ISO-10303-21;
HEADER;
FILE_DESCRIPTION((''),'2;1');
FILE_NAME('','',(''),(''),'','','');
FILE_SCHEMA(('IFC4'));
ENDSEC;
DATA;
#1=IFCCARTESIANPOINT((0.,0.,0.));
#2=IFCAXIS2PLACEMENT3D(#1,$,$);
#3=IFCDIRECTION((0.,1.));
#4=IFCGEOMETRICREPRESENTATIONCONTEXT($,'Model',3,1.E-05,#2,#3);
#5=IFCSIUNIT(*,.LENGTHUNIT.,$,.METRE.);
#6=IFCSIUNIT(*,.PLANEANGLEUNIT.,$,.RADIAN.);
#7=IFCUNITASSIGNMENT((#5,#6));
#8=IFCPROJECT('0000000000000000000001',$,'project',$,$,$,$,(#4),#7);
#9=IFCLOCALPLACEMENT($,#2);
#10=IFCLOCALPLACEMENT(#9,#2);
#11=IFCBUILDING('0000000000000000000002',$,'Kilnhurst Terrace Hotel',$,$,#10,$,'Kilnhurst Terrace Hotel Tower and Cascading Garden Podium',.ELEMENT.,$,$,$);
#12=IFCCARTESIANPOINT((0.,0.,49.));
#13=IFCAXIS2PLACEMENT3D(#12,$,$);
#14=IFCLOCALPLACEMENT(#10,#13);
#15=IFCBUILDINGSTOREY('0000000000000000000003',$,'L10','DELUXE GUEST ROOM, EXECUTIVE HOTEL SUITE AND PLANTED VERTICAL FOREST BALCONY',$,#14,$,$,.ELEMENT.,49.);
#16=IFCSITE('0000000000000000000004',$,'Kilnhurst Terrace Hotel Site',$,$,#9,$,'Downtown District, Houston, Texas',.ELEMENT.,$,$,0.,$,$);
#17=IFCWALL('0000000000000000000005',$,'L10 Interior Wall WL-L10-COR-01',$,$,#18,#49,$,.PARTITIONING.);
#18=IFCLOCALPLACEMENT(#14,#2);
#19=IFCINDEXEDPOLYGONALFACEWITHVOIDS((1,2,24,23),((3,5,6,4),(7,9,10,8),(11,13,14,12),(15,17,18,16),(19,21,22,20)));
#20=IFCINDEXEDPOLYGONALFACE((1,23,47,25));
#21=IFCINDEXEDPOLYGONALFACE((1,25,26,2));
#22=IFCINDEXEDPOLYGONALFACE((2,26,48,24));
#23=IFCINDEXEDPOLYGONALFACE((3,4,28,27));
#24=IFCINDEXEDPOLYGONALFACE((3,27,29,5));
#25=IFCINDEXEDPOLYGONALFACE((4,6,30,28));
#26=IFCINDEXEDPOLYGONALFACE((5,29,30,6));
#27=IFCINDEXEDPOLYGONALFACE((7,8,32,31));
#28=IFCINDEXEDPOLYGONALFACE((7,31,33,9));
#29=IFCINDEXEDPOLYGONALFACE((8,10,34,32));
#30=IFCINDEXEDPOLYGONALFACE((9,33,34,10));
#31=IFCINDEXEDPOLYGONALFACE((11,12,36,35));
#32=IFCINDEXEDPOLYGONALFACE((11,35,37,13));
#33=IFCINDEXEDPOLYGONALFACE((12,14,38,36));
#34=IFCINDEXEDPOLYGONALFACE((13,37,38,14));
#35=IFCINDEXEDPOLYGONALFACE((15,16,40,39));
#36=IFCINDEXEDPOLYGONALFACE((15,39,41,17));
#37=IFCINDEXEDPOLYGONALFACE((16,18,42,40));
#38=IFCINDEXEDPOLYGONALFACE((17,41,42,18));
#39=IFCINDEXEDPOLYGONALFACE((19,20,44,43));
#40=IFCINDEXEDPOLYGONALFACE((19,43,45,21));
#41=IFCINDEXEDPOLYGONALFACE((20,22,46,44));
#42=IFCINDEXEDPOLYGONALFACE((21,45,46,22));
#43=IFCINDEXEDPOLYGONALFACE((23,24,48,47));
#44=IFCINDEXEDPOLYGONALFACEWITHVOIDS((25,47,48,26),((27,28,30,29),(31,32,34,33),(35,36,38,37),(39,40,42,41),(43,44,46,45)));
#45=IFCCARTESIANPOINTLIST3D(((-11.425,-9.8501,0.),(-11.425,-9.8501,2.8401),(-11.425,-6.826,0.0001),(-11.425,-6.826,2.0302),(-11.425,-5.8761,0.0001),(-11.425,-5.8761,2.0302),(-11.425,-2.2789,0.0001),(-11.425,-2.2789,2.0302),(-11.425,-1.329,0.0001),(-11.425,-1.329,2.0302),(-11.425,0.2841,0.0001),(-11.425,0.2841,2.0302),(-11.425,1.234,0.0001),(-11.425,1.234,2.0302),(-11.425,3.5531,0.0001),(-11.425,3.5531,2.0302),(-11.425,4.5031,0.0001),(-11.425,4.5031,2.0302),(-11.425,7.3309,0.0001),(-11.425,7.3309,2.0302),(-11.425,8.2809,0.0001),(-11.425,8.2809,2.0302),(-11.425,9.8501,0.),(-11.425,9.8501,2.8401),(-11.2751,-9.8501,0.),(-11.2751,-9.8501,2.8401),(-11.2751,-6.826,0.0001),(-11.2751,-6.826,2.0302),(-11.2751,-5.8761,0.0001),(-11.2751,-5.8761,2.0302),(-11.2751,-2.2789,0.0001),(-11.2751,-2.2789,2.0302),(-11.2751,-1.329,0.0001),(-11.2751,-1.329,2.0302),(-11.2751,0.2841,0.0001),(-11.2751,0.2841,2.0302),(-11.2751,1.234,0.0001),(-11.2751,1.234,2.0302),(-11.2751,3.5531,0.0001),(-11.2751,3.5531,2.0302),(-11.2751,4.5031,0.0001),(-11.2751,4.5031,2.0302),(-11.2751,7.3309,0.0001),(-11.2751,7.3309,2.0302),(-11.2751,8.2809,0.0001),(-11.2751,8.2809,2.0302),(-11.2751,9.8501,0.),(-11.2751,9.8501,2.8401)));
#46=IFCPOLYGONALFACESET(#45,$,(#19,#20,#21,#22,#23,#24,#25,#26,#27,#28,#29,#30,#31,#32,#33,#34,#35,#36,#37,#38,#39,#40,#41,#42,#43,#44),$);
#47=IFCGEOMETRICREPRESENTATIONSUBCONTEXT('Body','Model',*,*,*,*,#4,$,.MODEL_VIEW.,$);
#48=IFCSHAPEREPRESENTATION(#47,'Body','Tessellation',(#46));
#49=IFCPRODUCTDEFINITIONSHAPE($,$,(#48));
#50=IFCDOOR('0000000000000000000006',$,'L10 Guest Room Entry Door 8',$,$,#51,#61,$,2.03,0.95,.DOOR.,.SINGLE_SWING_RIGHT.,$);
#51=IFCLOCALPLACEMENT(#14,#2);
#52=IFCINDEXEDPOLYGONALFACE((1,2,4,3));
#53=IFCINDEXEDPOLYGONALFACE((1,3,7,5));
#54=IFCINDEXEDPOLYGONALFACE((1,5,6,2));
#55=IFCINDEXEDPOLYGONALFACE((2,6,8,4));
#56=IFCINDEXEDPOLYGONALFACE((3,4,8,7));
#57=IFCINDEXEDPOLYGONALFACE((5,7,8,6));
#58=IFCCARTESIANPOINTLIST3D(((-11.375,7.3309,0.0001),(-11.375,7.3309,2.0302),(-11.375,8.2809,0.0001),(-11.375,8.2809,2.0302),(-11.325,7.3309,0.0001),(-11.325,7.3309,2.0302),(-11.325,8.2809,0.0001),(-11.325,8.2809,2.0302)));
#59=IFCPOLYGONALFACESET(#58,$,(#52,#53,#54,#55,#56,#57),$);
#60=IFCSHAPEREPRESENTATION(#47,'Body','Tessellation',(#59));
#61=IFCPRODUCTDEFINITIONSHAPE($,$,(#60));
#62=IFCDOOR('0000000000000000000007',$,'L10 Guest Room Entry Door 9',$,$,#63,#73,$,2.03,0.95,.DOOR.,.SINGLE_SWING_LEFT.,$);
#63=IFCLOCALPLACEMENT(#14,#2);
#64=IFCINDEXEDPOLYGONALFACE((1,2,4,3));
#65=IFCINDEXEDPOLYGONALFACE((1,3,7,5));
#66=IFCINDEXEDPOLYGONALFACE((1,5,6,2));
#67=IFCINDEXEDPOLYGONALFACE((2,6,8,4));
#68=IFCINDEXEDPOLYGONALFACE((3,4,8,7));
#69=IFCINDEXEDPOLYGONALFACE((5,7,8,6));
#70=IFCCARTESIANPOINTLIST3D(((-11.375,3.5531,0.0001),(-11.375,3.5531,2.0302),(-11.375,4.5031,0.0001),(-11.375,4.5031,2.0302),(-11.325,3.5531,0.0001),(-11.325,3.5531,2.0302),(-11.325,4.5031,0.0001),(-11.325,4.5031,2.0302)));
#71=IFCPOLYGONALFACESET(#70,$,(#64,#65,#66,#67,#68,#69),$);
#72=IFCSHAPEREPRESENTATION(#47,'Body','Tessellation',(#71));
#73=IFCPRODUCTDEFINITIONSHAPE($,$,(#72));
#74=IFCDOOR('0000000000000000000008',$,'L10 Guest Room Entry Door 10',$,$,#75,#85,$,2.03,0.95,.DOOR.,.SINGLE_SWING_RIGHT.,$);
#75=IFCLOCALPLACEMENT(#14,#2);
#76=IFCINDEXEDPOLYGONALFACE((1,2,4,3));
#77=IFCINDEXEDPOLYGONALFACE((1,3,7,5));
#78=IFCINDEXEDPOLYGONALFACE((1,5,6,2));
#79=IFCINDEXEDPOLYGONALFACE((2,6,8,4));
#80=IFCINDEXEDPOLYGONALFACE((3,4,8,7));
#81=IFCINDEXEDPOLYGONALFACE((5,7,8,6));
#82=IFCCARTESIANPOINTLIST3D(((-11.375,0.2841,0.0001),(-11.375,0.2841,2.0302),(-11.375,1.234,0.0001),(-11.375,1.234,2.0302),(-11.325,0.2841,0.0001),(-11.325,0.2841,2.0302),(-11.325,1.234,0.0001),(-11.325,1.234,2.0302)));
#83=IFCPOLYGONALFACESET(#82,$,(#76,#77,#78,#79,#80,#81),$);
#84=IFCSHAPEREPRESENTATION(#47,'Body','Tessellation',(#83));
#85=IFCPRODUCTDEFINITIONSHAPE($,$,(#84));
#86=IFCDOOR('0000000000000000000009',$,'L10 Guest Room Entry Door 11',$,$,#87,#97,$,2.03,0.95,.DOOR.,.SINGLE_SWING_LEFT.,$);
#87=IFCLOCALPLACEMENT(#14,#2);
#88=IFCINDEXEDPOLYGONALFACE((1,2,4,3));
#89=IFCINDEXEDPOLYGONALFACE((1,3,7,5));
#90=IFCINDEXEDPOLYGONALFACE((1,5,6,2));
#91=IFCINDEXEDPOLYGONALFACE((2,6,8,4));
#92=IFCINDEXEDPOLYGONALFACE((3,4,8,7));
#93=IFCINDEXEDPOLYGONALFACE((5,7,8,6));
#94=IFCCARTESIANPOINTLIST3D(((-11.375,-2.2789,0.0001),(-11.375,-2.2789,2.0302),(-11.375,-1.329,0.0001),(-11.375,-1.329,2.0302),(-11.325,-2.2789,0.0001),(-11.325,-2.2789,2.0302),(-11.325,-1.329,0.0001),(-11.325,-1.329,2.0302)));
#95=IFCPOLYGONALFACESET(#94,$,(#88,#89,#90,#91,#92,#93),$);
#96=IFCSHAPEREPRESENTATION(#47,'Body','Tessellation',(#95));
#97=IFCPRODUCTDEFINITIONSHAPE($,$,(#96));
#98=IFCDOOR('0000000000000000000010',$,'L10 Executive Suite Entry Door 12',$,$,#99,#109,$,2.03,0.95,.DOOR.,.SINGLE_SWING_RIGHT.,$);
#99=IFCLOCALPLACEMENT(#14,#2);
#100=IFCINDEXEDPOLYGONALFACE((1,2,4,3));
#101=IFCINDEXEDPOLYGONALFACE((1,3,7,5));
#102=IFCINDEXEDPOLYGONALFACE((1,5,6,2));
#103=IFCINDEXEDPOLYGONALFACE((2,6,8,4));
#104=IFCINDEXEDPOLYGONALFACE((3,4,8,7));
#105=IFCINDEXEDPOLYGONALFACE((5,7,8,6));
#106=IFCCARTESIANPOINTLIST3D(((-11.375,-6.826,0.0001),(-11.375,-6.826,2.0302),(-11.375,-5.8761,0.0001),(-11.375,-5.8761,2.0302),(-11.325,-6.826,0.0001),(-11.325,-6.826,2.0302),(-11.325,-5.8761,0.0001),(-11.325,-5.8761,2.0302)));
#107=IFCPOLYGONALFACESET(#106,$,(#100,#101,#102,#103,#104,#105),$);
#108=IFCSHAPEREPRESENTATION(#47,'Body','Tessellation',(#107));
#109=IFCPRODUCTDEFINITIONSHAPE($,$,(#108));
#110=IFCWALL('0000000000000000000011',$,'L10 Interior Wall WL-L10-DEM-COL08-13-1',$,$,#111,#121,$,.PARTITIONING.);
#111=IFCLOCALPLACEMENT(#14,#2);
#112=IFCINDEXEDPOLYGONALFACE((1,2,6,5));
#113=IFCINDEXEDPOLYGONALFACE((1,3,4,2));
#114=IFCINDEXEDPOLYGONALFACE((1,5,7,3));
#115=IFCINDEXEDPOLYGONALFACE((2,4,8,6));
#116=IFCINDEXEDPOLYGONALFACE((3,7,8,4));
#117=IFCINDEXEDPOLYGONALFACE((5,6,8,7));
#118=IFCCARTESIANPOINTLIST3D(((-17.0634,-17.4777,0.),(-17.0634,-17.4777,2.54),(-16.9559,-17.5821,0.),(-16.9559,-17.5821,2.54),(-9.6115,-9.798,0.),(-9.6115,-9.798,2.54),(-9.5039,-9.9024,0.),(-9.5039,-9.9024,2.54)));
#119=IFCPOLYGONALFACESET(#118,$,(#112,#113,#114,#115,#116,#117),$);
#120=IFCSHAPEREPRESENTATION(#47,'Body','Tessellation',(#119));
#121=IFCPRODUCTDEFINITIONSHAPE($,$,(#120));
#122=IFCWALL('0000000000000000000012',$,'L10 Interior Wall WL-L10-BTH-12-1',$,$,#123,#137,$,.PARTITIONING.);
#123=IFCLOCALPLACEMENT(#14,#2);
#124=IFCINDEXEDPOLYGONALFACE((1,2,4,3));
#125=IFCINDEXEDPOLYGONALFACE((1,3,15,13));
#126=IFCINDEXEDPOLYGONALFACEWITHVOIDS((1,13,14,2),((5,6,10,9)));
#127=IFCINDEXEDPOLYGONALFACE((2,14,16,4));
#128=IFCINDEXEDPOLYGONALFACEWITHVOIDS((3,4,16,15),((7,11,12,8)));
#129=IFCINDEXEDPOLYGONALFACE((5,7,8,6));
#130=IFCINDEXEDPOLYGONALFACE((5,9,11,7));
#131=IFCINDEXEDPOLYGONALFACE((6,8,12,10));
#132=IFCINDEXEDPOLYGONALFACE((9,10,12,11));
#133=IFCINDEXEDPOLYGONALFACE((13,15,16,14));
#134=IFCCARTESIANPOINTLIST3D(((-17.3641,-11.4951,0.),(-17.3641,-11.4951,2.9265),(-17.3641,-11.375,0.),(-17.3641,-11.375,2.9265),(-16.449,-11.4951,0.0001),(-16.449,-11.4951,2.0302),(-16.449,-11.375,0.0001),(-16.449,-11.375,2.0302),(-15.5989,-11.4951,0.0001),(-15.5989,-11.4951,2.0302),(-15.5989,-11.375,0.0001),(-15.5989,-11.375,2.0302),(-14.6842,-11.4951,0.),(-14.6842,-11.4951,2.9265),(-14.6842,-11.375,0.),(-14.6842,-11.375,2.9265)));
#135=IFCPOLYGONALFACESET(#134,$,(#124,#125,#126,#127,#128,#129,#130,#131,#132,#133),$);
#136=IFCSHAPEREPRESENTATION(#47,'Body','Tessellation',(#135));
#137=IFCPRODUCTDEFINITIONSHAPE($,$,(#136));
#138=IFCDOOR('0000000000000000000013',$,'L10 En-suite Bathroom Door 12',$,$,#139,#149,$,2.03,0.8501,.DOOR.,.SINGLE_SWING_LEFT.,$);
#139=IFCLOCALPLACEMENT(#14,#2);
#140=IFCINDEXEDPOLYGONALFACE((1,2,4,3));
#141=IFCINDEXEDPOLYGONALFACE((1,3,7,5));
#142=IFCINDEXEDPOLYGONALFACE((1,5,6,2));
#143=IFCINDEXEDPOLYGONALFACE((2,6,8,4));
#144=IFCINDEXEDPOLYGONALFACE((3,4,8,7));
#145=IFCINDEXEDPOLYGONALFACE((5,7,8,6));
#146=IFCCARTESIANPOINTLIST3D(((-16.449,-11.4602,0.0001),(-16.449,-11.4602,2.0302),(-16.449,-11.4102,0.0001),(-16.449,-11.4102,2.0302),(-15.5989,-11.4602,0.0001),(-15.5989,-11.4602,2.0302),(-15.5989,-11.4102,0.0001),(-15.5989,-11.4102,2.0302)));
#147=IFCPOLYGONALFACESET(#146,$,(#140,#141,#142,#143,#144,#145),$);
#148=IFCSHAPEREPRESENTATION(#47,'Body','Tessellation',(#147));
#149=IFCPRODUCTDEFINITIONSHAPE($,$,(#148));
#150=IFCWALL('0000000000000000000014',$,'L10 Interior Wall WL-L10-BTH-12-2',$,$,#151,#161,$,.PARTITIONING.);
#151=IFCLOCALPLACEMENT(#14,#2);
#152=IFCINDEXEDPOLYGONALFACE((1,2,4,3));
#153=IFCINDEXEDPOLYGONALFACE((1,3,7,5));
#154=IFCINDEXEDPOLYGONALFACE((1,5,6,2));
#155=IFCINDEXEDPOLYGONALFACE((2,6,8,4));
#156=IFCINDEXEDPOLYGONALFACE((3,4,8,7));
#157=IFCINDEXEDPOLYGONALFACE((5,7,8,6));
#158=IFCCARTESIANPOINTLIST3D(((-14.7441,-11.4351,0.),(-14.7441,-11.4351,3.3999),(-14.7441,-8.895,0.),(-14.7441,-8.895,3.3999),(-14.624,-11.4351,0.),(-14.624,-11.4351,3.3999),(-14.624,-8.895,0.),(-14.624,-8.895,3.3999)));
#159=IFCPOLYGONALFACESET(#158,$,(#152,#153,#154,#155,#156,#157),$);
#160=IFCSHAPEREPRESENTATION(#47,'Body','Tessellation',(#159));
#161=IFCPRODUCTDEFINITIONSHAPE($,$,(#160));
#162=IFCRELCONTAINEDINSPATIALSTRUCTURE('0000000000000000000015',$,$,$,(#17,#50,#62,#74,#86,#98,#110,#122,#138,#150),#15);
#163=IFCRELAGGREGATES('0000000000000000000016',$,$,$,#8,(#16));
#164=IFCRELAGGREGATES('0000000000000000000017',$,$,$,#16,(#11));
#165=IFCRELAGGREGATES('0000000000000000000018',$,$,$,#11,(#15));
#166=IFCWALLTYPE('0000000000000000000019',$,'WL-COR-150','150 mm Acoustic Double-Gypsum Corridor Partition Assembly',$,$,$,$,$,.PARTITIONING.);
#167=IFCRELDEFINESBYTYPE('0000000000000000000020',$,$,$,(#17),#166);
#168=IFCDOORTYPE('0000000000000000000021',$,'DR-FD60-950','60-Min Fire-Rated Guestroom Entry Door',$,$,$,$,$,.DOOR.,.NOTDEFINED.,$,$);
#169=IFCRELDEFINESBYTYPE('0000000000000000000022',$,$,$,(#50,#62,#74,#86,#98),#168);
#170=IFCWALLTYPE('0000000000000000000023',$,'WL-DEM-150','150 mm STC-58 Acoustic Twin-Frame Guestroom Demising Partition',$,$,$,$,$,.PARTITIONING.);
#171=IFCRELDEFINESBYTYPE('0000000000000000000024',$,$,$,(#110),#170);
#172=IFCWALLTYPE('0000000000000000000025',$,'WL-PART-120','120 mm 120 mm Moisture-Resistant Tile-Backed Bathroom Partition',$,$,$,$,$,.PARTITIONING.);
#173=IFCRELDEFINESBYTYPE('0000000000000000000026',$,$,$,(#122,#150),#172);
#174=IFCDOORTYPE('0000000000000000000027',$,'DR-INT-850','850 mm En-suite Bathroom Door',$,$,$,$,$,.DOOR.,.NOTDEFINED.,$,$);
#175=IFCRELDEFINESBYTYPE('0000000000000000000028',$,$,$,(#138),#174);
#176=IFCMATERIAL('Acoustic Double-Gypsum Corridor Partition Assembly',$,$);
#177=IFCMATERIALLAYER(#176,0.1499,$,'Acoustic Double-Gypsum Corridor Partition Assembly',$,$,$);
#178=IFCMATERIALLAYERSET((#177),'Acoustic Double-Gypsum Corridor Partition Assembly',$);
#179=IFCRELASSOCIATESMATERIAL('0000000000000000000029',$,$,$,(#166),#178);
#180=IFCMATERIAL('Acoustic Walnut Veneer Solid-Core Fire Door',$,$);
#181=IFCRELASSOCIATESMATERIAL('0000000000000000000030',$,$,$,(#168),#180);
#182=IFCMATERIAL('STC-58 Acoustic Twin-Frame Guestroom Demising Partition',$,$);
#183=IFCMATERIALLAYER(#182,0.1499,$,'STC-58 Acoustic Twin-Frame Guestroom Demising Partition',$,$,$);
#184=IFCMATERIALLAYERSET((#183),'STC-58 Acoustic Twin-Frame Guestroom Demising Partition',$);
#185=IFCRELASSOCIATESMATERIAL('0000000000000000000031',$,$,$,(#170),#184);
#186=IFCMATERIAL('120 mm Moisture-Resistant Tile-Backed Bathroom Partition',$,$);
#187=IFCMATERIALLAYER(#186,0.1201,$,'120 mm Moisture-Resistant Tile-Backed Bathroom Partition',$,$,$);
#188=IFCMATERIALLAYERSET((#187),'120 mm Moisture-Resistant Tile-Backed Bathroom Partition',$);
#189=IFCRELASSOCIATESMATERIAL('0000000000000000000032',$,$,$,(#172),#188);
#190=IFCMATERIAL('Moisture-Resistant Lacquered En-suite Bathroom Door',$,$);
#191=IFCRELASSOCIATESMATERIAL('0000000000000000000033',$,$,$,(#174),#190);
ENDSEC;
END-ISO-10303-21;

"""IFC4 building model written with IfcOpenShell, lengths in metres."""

from ifc_helpers import new_model, si_unit, direction, frame, frame_2d, origin, place, context, subcontext, project, spatial, rectangle, extrude, material, layer, layer_set, type_object, element, fill, save


model = new_model("IFC4")

# Units and contexts
model_context = context("Model", 3, precision=1e-05, world=origin(), true_north=direction((0.0, 1.0)))
body_context = subcontext(model_context, "Body", "Model", "MODEL_VIEW")
ifc_project = project(units=[si_unit("LENGTHUNIT", "METRE"), si_unit("PLANEANGLEUNIT", "RADIAN")], contexts=[model_context])

# Site, building, storey
site_placement = place(None, origin())
site = spatial("IfcSite", under=ifc_project, at=site_placement, Name="Kilnhurst Terrace Hotel Site", LongName="Downtown District, Houston, Texas", CompositionType="ELEMENT", RefElevation=0.0)
building_placement = place(site_placement, origin())
building = spatial("IfcBuilding", under=site, at=building_placement, Name="Kilnhurst Terrace Hotel", LongName="Kilnhurst Terrace Hotel Tower and Cascading Garden Podium", CompositionType="ELEMENT")
storey_placement = place(building_placement, frame((0.0, 0.0, 49.0)))
storey = spatial("IfcBuildingStorey", under=building, at=storey_placement, Name="L10", Description="DELUXE GUEST ROOM, EXECUTIVE HOTEL SUITE AND PLANTED VERTICAL FOREST BALCONY", CompositionType="ELEMENT", Elevation=49.0)

# Wall, openings, doors
ifc_material_1 = material(Name="Acoustic Double-Gypsum Corridor Partition Assembly")
ifc_layer_1 = layer(ifc_material_1, 0.1499, Name="Acoustic Double-Gypsum Corridor Partition Assembly")
ifc_layer_set_1 = layer_set([ifc_layer_1], Name="Acoustic Double-Gypsum Corridor Partition Assembly")
wall_type_1 = type_object("IfcWallType", Name="WL-COR-150", Description="150 mm Acoustic Double-Gypsum Corridor Partition Assembly", PredefinedType="PARTITIONING", material=ifc_layer_set_1)
wall_1_placement = place(storey_placement, frame((-11.3501, -9.8501, 0.0), z_axis=(0.0, 0.0, 1.0), x_axis=(0.0, 1.0, 0.0)))
wall_1 = element("IfcWall", 1, at=wall_1_placement, inside=storey, type_object=wall_type_1, Name="L10 Interior Wall WL-L10-COR-01", PredefinedType="PARTITIONING", context=body_context, shape_type="SweptSolid", body=[
    extrude(rectangle(XDim=19.7002, YDim=0.1499, at=frame_2d((9.8501, 0.0))), origin(), (0.0, 0.0, 1.0), 2.8401),
])
opening_1_placement = place(wall_1_placement, frame((17.1809, 0.0, 0.0)))
opening_1 = element("IfcOpeningElement", 2, at=opening_1_placement, cuts=wall_1, PredefinedType="OPENING", context=body_context, shape_type="SweptSolid", body=[
    extrude(rectangle(XDim=0.95, YDim=2.03, at=frame_2d((0.4751, 1.0151))), frame((0.0, 0.085, 0.0), z_axis=(0.0, -1.0, 0.0), x_axis=(1.0, 0.0, 0.0)), (0.0, 0.0, 1.0), 0.1699),
])
opening_2_placement = place(wall_1_placement, frame((13.4031, 0.0, 0.0)))
opening_2 = element("IfcOpeningElement", 3, at=opening_2_placement, cuts=wall_1, PredefinedType="OPENING", context=body_context, shape_type="SweptSolid", body=[
    extrude(rectangle(XDim=0.95, YDim=2.03, at=frame_2d((0.4751, 1.0151))), frame((0.0, 0.085, 0.0), z_axis=(0.0, -1.0, 0.0), x_axis=(1.0, 0.0, 0.0)), (0.0, 0.0, 1.0), 0.1699),
])
opening_3_placement = place(wall_1_placement, frame((10.134, 0.0, 0.0)))
opening_3 = element("IfcOpeningElement", 4, at=opening_3_placement, cuts=wall_1, PredefinedType="OPENING", context=body_context, shape_type="SweptSolid", body=[
    extrude(rectangle(XDim=0.95, YDim=2.03, at=frame_2d((0.4751, 1.0151))), frame((0.0, 0.085, 0.0), z_axis=(0.0, -1.0, 0.0), x_axis=(1.0, 0.0, 0.0)), (0.0, 0.0, 1.0), 0.1699),
])
opening_4_placement = place(wall_1_placement, frame((7.571, 0.0, 0.0)))
opening_4 = element("IfcOpeningElement", 5, at=opening_4_placement, cuts=wall_1, PredefinedType="OPENING", context=body_context, shape_type="SweptSolid", body=[
    extrude(rectangle(XDim=0.95, YDim=2.03, at=frame_2d((0.4751, 1.0151))), frame((0.0, 0.085, 0.0), z_axis=(0.0, -1.0, 0.0), x_axis=(1.0, 0.0, 0.0)), (0.0, 0.0, 1.0), 0.1699),
])
opening_5_placement = place(wall_1_placement, frame((3.0239, 0.0, 0.0)))
opening_5 = element("IfcOpeningElement", 6, at=opening_5_placement, cuts=wall_1, PredefinedType="OPENING", context=body_context, shape_type="SweptSolid", body=[
    extrude(rectangle(XDim=0.95, YDim=2.03, at=frame_2d((0.4751, 1.0151))), frame((0.0, 0.085, 0.0), z_axis=(0.0, -1.0, 0.0), x_axis=(1.0, 0.0, 0.0)), (0.0, 0.0, 1.0), 0.1699),
])
ifc_material_2 = material(Name="Acoustic Walnut Veneer Solid-Core Fire Door")
door_type_1 = type_object("IfcDoorType", Name="DR-FD60-950", Description="60-Min Fire-Rated Guestroom Entry Door", OperationType="NOTDEFINED", PredefinedType="DOOR", material=ifc_material_2)
door_1_placement = place(opening_1_placement, origin())
door_1 = element("IfcDoor", 7, at=door_1_placement, inside=storey, type_object=door_type_1, Name="L10 Guest Room Entry Door 8", OperationType="SINGLE_SWING_RIGHT", OverallHeight=2.03, OverallWidth=0.95, PredefinedType="DOOR", context=body_context, shape_type="SweptSolid", body=[
    extrude(rectangle(XDim=0.95, YDim=2.03, at=frame_2d((0.4751, 1.0151))), frame((0.0, 0.0249, 0.0), z_axis=(0.0, -1.0, 0.0), x_axis=(1.0, 0.0, 0.0)), (0.0, 0.0, 1.0), 0.05),
])
fill(opening_1, door_1)
door_2_placement = place(opening_2_placement, origin())
door_2 = element("IfcDoor", 8, at=door_2_placement, inside=storey, type_object=door_type_1, Name="L10 Guest Room Entry Door 9", OperationType="SINGLE_SWING_LEFT", OverallHeight=2.03, OverallWidth=0.95, PredefinedType="DOOR", context=body_context, shape_type="SweptSolid", body=[
    extrude(rectangle(XDim=0.95, YDim=2.03, at=frame_2d((0.4751, 1.0151))), frame((0.0, 0.0249, 0.0), z_axis=(0.0, -1.0, 0.0), x_axis=(1.0, 0.0, 0.0)), (0.0, 0.0, 1.0), 0.05),
])
fill(opening_2, door_2)
door_3_placement = place(opening_3_placement, origin())
door_3 = element("IfcDoor", 9, at=door_3_placement, inside=storey, type_object=door_type_1, Name="L10 Guest Room Entry Door 10", OperationType="SINGLE_SWING_RIGHT", OverallHeight=2.03, OverallWidth=0.95, PredefinedType="DOOR", context=body_context, shape_type="SweptSolid", body=[
    extrude(rectangle(XDim=0.95, YDim=2.03, at=frame_2d((0.4751, 1.0151))), frame((0.0, 0.0249, 0.0), z_axis=(0.0, -1.0, 0.0), x_axis=(1.0, 0.0, 0.0)), (0.0, 0.0, 1.0), 0.05),
])
fill(opening_3, door_3)
door_4_placement = place(opening_4_placement, origin())
door_4 = element("IfcDoor", 10, at=door_4_placement, inside=storey, type_object=door_type_1, Name="L10 Guest Room Entry Door 11", OperationType="SINGLE_SWING_LEFT", OverallHeight=2.03, OverallWidth=0.95, PredefinedType="DOOR", context=body_context, shape_type="SweptSolid", body=[
    extrude(rectangle(XDim=0.95, YDim=2.03, at=frame_2d((0.4751, 1.0151))), frame((0.0, 0.0249, 0.0), z_axis=(0.0, -1.0, 0.0), x_axis=(1.0, 0.0, 0.0)), (0.0, 0.0, 1.0), 0.05),
])
fill(opening_4, door_4)
door_5_placement = place(opening_5_placement, origin())
door_5 = element("IfcDoor", 11, at=door_5_placement, inside=storey, type_object=door_type_1, Name="L10 Executive Suite Entry Door 12", OperationType="SINGLE_SWING_RIGHT", OverallHeight=2.03, OverallWidth=0.95, PredefinedType="DOOR", context=body_context, shape_type="SweptSolid", body=[
    extrude(rectangle(XDim=0.95, YDim=2.03, at=frame_2d((0.4751, 1.0151))), frame((0.0, 0.0249, 0.0), z_axis=(0.0, -1.0, 0.0), x_axis=(1.0, 0.0, 0.0)), (0.0, 0.0, 1.0), 0.05),
])
fill(opening_5, door_5)

# Wall
ifc_material_3 = material(Name="STC-58 Acoustic Twin-Frame Guestroom Demising Partition")
ifc_layer_2 = layer(ifc_material_3, 0.1499, Name="STC-58 Acoustic Twin-Frame Guestroom Demising Partition")
ifc_layer_set_2 = layer_set([ifc_layer_2], Name="STC-58 Acoustic Twin-Frame Guestroom Demising Partition")
wall_type_2 = type_object("IfcWallType", Name="WL-DEM-150", Description="150 mm STC-58 Acoustic Twin-Frame Guestroom Demising Partition", PredefinedType="PARTITIONING", material=ifc_layer_set_2)
wall_2_placement = place(storey_placement, frame((-9.5576, -9.8501, 0.0), z_axis=(0.0, 0.0, 1.0), x_axis=(-0.696383, -0.71767, 0.0)))
element("IfcWall", 12, at=wall_2_placement, inside=storey, type_object=wall_type_2, Name="L10 Interior Wall WL-L10-DEM-COL08-13-1", PredefinedType="PARTITIONING", context=body_context, shape_type="SweptSolid", body=[
    extrude(rectangle(XDim=10.7009, YDim=0.1499, at=frame_2d((5.3506, 0.0))), origin(), (0.0, 0.0, 1.0), 2.54),
])

# Wall, opening, door
ifc_material_4 = material(Name="120 mm Moisture-Resistant Tile-Backed Bathroom Partition")
ifc_layer_3 = layer(ifc_material_4, 0.1201, Name="120 mm Moisture-Resistant Tile-Backed Bathroom Partition")
ifc_layer_set_3 = layer_set([ifc_layer_3], Name="120 mm Moisture-Resistant Tile-Backed Bathroom Partition")
wall_type_3 = type_object("IfcWallType", Name="WL-PART-120", Description="120 mm 120 mm Moisture-Resistant Tile-Backed Bathroom Partition", PredefinedType="PARTITIONING", material=ifc_layer_set_3)
wall_3_placement = place(storey_placement, frame((-17.364, -11.4351, 0.0), z_axis=(0.0, 0.0, 1.0), x_axis=(1.0, 0.0, 0.0)))
wall_3 = element("IfcWall", 13, at=wall_3_placement, inside=storey, type_object=wall_type_3, Name="L10 Interior Wall WL-L10-BTH-12-1", PredefinedType="PARTITIONING", context=body_context, shape_type="SweptSolid", body=[
    extrude(rectangle(XDim=2.6799, YDim=0.1201, at=frame_2d((1.3398, 0.0))), origin(), (0.0, 0.0, 1.0), 2.9265),
])
opening_6_placement = place(wall_3_placement, frame((0.915, 0.0, 0.0)))
opening_6 = element("IfcOpeningElement", 14, at=opening_6_placement, cuts=wall_3, PredefinedType="OPENING", context=body_context, shape_type="SweptSolid", body=[
    extrude(rectangle(XDim=0.8501, YDim=2.03, at=frame_2d((0.425, 1.0151))), frame((0.0, 0.0701, 0.0), z_axis=(0.0, -1.0, 0.0), x_axis=(1.0, 0.0, 0.0)), (0.0, 0.0, 1.0), 0.1401),
])
ifc_material_5 = material(Name="Moisture-Resistant Lacquered En-suite Bathroom Door")
door_type_2 = type_object("IfcDoorType", Name="DR-INT-850", Description="850 mm En-suite Bathroom Door", OperationType="NOTDEFINED", PredefinedType="DOOR", material=ifc_material_5)
door_6_placement = place(opening_6_placement, origin())
door_6 = element("IfcDoor", 15, at=door_6_placement, inside=storey, type_object=door_type_2, Name="L10 En-suite Bathroom Door 12", OperationType="SINGLE_SWING_LEFT", OverallHeight=2.03, OverallWidth=0.8501, PredefinedType="DOOR", context=body_context, shape_type="SweptSolid", body=[
    extrude(rectangle(XDim=0.8501, YDim=2.03, at=frame_2d((0.425, 1.0151))), frame((0.0, 0.0249, 0.0), z_axis=(0.0, -1.0, 0.0), x_axis=(1.0, 0.0, 0.0)), (0.0, 0.0, 1.0), 0.05),
])
fill(opening_6, door_6)

# Wall
wall_4_placement = place(storey_placement, frame((-14.6841, -11.4351, 0.0), z_axis=(0.0, 0.0, 1.0), x_axis=(0.0, 1.0, 0.0)))
element("IfcWall", 16, at=wall_4_placement, inside=storey, type_object=wall_type_3, Name="L10 Interior Wall WL-L10-BTH-12-2", PredefinedType="PARTITIONING", context=body_context, shape_type="SweptSolid", body=[
    extrude(rectangle(XDim=2.54, YDim=0.1201, at=frame_2d((1.27, 0.0))), origin(), (0.0, 0.0, 1.0), 3.3999),
])

save(model, "model.ifc")
